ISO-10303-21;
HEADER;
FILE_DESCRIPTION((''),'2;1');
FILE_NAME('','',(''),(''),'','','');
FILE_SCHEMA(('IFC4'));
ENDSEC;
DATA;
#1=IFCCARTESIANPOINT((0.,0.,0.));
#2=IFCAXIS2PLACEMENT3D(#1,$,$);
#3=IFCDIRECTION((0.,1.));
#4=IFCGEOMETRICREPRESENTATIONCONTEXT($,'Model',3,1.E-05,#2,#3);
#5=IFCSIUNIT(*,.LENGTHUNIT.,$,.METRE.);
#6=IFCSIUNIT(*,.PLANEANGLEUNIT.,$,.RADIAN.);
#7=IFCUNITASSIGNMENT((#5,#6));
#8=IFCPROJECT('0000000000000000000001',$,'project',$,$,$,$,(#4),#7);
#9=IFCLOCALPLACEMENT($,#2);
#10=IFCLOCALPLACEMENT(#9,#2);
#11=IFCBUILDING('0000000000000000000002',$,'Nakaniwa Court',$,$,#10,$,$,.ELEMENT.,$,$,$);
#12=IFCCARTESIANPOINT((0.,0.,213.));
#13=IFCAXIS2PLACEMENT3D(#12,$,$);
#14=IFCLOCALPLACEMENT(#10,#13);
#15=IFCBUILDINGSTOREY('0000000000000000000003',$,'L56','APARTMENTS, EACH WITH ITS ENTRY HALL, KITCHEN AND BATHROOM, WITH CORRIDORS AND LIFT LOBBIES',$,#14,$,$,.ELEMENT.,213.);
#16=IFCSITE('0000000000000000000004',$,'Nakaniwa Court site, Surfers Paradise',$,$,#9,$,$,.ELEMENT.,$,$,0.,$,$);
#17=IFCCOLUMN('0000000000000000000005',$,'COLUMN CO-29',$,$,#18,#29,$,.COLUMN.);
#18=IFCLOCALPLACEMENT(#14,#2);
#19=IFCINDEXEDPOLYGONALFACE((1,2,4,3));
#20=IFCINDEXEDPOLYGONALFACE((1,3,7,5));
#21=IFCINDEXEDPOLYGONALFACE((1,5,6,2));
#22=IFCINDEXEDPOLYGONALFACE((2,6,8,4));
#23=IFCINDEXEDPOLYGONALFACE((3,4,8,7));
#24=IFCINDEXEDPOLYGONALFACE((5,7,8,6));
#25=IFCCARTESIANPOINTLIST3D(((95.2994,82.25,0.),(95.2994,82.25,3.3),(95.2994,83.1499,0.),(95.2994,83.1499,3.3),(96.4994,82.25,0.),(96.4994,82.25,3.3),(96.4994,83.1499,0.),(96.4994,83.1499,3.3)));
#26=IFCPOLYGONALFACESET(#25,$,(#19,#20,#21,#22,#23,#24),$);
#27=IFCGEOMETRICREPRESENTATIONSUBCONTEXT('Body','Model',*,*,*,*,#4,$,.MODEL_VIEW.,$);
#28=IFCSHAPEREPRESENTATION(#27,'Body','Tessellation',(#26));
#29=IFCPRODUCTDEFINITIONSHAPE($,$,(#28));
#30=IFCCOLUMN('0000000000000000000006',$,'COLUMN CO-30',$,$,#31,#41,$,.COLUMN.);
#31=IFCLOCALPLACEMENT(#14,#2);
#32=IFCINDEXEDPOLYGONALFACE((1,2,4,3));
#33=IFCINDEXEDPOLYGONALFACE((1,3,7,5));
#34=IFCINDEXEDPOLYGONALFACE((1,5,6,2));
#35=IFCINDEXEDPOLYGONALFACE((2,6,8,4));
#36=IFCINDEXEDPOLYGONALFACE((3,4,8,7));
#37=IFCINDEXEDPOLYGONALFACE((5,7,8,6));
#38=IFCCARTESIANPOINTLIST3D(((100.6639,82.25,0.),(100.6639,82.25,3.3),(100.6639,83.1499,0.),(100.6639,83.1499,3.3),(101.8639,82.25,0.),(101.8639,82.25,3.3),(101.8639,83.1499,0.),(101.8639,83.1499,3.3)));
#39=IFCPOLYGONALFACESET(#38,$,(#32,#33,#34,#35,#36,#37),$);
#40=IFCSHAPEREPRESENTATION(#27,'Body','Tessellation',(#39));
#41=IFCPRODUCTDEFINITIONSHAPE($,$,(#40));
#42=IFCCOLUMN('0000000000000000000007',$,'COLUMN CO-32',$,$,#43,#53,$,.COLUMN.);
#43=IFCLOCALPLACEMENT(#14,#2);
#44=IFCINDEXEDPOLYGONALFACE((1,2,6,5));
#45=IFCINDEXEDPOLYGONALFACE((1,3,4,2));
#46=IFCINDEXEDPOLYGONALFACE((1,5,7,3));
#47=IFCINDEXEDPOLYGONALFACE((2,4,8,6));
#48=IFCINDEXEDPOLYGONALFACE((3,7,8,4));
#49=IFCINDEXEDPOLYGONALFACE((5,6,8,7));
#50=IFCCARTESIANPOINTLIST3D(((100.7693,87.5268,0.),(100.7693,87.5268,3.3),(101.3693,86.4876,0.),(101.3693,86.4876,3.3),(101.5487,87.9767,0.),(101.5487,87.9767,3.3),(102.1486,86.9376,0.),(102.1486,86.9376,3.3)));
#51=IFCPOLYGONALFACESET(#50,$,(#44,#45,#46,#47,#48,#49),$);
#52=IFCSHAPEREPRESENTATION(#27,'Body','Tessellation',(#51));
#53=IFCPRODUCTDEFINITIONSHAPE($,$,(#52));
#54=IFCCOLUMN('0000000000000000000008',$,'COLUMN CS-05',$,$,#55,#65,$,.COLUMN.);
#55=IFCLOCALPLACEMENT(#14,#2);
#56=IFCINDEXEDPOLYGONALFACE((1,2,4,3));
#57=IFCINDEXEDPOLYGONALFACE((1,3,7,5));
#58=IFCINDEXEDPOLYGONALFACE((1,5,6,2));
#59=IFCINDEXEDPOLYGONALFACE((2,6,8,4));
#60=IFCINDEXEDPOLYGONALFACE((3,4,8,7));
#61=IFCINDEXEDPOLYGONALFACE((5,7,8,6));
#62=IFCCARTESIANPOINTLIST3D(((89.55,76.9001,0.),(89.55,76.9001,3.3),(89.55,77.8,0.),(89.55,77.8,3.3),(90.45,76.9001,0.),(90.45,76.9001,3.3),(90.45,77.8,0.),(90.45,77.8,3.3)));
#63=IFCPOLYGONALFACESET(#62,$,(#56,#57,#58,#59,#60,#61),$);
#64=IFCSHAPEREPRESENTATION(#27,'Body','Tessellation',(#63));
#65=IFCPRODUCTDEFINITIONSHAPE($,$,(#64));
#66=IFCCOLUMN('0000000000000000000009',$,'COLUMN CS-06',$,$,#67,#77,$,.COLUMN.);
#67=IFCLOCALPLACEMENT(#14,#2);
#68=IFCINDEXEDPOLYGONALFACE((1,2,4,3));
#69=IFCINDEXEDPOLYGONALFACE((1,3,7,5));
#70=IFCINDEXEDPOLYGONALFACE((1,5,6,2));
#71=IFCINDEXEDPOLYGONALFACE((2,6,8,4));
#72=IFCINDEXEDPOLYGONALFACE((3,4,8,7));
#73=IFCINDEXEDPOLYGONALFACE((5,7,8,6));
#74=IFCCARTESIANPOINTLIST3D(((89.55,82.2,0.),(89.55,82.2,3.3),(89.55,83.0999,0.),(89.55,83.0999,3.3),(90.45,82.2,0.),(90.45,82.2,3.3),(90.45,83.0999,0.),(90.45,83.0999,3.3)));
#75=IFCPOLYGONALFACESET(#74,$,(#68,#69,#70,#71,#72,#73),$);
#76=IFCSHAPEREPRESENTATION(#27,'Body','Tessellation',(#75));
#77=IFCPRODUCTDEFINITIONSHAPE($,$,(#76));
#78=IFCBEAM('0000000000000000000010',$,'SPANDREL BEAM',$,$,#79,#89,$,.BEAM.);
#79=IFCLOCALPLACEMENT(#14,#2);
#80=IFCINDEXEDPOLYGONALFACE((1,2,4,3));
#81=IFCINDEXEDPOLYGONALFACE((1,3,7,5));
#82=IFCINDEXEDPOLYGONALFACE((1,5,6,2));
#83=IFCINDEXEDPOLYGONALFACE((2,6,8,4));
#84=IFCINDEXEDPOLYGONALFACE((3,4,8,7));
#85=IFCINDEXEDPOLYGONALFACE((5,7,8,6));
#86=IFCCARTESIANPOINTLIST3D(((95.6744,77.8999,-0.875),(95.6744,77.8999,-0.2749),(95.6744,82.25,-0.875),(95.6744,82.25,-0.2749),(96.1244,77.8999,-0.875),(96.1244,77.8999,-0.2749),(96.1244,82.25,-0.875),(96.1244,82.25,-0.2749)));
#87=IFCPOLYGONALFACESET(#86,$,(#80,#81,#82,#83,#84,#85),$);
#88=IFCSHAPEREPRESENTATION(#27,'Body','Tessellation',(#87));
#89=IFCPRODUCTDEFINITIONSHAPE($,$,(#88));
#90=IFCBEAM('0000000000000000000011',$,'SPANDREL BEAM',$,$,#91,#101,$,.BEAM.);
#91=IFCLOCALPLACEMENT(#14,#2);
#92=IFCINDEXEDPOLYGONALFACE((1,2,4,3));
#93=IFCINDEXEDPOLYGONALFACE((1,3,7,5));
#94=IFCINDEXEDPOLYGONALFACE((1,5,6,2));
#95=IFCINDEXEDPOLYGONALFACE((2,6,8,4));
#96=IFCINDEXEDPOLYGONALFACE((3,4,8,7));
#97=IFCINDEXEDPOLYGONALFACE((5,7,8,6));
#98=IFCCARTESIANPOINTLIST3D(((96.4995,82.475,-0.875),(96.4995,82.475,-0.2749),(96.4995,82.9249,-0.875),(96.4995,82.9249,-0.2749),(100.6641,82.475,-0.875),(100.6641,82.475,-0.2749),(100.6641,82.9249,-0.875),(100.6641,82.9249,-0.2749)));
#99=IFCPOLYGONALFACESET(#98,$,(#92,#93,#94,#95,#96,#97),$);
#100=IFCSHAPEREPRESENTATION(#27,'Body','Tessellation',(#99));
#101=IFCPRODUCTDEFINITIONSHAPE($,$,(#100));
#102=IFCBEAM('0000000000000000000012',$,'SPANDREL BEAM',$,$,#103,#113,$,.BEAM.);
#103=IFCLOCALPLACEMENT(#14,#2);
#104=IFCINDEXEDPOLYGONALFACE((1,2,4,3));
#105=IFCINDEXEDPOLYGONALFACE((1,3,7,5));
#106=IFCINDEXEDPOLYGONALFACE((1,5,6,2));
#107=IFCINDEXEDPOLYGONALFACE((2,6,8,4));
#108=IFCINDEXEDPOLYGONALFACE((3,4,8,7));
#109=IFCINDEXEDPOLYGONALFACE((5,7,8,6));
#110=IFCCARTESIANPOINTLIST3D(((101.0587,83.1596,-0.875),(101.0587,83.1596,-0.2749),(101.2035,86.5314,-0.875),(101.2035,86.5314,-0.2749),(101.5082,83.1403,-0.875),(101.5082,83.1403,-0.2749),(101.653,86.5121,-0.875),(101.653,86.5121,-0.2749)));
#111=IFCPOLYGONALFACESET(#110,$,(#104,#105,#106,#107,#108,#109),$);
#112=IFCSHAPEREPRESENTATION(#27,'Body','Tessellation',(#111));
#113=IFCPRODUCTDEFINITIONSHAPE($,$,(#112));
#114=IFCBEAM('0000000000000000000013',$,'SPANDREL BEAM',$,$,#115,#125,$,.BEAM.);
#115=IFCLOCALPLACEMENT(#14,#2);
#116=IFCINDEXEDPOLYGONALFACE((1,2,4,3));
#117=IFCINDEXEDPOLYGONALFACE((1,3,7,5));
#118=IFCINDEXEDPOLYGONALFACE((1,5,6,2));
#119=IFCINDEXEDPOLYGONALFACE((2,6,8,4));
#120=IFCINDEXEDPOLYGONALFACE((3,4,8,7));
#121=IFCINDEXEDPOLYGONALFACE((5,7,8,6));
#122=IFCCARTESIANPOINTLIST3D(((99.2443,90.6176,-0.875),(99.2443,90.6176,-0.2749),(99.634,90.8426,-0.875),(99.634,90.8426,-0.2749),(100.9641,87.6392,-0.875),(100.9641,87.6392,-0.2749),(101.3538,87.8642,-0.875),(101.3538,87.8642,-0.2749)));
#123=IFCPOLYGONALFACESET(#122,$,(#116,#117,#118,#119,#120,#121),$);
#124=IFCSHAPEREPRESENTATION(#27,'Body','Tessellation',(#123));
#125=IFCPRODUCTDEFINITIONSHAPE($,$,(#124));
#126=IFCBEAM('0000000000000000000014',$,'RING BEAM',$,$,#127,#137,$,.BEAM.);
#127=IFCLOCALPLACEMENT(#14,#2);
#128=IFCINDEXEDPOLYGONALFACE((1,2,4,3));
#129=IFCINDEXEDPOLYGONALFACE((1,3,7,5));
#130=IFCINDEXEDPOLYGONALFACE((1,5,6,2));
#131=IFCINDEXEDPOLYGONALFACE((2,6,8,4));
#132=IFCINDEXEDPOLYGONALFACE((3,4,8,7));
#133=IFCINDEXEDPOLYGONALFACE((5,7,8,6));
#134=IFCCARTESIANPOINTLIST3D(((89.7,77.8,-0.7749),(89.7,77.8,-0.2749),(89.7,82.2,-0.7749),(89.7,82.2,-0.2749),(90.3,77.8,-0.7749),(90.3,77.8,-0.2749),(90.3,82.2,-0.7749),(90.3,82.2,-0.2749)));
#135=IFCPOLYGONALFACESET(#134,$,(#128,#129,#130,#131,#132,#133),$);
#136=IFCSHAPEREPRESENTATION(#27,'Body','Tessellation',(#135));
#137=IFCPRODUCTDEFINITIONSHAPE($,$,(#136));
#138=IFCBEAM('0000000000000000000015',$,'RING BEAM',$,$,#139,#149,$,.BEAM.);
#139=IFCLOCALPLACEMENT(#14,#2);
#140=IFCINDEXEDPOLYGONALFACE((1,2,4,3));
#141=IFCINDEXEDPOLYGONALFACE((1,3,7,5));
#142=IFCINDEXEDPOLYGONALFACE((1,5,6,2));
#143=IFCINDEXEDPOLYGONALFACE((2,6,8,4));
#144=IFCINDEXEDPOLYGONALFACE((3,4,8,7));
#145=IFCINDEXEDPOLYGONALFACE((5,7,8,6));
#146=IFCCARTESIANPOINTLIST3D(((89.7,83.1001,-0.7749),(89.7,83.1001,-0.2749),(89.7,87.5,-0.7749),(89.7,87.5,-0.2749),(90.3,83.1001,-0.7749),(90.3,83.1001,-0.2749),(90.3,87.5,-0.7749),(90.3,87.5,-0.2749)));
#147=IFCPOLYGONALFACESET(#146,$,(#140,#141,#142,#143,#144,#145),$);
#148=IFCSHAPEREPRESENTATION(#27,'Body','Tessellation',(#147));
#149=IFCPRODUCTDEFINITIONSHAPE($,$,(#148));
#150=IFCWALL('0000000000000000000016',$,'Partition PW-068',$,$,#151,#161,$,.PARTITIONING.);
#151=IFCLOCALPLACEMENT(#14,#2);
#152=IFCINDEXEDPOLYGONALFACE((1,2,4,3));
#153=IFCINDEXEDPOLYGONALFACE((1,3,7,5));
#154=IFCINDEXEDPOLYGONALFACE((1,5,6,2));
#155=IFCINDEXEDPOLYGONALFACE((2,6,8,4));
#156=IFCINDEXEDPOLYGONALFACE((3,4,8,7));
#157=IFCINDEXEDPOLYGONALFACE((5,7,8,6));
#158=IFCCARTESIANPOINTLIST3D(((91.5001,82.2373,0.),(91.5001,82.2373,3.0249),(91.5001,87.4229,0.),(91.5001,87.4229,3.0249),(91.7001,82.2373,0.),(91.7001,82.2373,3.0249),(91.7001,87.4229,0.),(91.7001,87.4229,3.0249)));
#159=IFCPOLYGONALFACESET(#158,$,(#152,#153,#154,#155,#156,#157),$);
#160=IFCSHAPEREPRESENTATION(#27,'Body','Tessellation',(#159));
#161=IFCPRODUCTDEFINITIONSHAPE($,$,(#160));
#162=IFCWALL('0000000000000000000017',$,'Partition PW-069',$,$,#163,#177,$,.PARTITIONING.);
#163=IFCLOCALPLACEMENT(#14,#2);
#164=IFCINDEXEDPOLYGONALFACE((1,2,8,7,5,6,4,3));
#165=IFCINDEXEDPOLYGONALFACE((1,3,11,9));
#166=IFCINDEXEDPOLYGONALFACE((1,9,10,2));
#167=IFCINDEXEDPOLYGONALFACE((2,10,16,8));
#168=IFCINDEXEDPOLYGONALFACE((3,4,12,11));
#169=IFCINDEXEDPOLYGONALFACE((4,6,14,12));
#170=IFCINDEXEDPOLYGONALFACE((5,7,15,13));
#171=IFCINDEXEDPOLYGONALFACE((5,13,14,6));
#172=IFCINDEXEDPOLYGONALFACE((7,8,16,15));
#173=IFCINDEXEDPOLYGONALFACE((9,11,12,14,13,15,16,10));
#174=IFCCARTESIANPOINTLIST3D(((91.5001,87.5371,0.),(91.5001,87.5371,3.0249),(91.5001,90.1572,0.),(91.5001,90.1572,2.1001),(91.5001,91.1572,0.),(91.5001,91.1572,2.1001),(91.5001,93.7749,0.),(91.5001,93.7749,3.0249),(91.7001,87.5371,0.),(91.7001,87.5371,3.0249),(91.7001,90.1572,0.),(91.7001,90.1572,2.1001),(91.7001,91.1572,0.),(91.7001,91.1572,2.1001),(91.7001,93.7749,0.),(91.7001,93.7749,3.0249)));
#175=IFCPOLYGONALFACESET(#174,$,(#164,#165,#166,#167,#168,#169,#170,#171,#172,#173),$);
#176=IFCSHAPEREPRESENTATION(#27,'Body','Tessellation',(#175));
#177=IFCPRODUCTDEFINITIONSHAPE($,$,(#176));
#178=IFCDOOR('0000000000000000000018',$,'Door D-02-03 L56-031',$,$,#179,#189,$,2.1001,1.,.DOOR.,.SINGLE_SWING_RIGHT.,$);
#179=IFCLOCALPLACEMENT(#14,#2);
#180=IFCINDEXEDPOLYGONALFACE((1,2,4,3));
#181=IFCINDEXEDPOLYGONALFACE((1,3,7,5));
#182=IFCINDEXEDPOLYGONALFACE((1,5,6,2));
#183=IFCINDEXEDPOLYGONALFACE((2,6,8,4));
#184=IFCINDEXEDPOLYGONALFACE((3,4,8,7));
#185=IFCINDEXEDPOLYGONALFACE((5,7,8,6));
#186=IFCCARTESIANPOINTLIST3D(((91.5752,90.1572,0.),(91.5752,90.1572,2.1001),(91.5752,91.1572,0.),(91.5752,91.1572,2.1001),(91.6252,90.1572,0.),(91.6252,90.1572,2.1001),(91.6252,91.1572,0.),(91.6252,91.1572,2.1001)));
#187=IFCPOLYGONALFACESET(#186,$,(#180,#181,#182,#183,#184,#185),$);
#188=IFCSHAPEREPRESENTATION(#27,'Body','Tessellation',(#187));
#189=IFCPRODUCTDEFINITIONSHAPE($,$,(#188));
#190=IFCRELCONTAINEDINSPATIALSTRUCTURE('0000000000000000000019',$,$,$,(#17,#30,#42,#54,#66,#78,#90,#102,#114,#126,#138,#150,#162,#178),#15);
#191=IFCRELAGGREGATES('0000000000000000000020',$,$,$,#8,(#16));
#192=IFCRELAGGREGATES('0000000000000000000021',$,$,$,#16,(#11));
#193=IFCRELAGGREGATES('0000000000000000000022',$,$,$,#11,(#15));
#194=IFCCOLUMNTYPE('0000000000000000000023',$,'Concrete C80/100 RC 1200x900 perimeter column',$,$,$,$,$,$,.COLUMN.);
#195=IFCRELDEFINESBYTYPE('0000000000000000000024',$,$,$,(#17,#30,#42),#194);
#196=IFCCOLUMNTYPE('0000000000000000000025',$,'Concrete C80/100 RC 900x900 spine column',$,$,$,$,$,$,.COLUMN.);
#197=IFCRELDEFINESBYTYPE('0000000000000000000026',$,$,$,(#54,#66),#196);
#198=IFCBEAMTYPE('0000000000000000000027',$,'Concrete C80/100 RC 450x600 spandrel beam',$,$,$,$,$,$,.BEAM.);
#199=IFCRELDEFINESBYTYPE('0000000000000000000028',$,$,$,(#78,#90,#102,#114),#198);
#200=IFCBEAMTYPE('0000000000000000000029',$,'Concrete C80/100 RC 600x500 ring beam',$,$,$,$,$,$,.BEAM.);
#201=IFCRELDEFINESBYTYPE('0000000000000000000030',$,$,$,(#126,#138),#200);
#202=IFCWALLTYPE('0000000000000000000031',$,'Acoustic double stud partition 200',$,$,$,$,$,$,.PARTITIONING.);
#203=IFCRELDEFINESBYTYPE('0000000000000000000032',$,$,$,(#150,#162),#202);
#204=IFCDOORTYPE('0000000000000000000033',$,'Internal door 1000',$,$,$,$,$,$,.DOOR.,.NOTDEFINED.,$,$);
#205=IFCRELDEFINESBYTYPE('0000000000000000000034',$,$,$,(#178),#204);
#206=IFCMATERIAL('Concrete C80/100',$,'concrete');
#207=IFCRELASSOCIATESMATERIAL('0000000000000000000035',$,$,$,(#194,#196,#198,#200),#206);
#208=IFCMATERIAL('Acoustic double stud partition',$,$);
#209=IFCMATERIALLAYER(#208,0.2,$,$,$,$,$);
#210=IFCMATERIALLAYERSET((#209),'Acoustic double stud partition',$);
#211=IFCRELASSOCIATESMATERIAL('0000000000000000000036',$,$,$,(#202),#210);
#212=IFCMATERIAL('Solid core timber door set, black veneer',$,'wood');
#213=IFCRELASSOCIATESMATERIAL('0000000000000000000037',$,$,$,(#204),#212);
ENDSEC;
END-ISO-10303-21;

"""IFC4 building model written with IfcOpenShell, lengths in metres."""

from ifc_helpers import new_model, si_unit, direction, frame, frame_2d, origin, origin_2d, place, context, subcontext, project, spatial, rectangle, extrude, material, layer, layer_set, material_profile, profile_set, type_object, element, fill, save


model = new_model("IFC4")

# Units and contexts
model_context = context("Model", 3, precision=1e-05, world=origin(), true_north=direction((0.0, 1.0)))
body_context = subcontext(model_context, "Body", "Model", "MODEL_VIEW")
ifc_project = project(units=[si_unit("LENGTHUNIT", "METRE"), si_unit("PLANEANGLEUNIT", "RADIAN")], contexts=[model_context])

# Site, building, storey
site_placement = place(None, origin())
site = spatial("IfcSite", under=ifc_project, at=site_placement, Name="Nakaniwa Court site, Surfers Paradise", CompositionType="ELEMENT", RefElevation=0.0)
building_placement = place(site_placement, origin())
building = spatial("IfcBuilding", under=site, at=building_placement, Name="Nakaniwa Court", CompositionType="ELEMENT")
storey_placement = place(building_placement, frame((0.0, 0.0, 213.0)))
storey = spatial("IfcBuildingStorey", under=building, at=storey_placement, Name="L56", Description="APARTMENTS, EACH WITH ITS ENTRY HALL, KITCHEN AND BATHROOM, WITH CORRIDORS AND LIFT LOBBIES", CompositionType="ELEMENT", Elevation=213.0)

# Columns
ifc_material_1 = material(Name="Concrete C80/100", Category="concrete")
ifc_material_profile_1 = material_profile(ifc_material_1, rectangle(XDim=1.2, YDim=0.8999, at=origin_2d()), Name="Concrete C80/100 RC 1200x900 perimeter column")
ifc_profile_set_1 = profile_set([ifc_material_profile_1], Name="Concrete C80/100")
column_type_1 = type_object("IfcColumnType", Name="Concrete C80/100 RC 1200x900 perimeter column", PredefinedType="COLUMN", material=ifc_profile_set_1)
for number, where, z_axis, x_axis, name in (
    (1, (95.8994, 82.7, 0.0), (0.0, 0.0, 1.0), (1.0, 0.0, 0.0), "COLUMN CO-29"),
    (2, (101.2639, 82.7, 0.0), (0.0, 0.0, 1.0), (1.0, 0.0, 0.0), "COLUMN CO-30"),
    (3, (101.459, 87.2322, 0.0), (0.0, 0.0, 1.0), (-0.5, 0.866025, 0.0), "COLUMN CO-32"),
):
    element("IfcColumn", number, at=place(storey_placement, frame(where, z_axis=z_axis, x_axis=x_axis)), inside=storey, type_object=column_type_1, Name=name, PredefinedType="COLUMN", context=body_context, shape_type="SweptSolid", body=[
        extrude(rectangle(XDim=1.2, YDim=0.8999, at=origin_2d()), origin(), (0.0, 0.0, 1.0), 3.3),
    ])
ifc_material_profile_2 = material_profile(ifc_material_1, rectangle(XDim=0.8999, YDim=0.8999, at=origin_2d()), Name="Concrete C80/100 RC 900x900 spine column")
ifc_profile_set_2 = profile_set([ifc_material_profile_2], Name="Concrete C80/100")
column_type_2 = type_object("IfcColumnType", Name="Concrete C80/100 RC 900x900 spine column", PredefinedType="COLUMN", material=ifc_profile_set_2)
for number, where, z_axis, x_axis, name in (
    (4, (90.0, 77.3501, 0.0), (0.0, 0.0, 1.0), (0.0, 1.0, 0.0), "COLUMN CS-05"),
    (5, (90.0, 82.6499, 0.0), (0.0, 0.0, 1.0), (0.0, 1.0, 0.0), "COLUMN CS-06"),
):
    element("IfcColumn", number, at=place(storey_placement, frame(where, z_axis=z_axis, x_axis=x_axis)), inside=storey, type_object=column_type_2, Name=name, PredefinedType="COLUMN", context=body_context, shape_type="SweptSolid", body=[
        extrude(rectangle(XDim=0.8999, YDim=0.8999, at=origin_2d()), origin(), (0.0, 0.0, 1.0), 3.3),
    ])

# Beams
ifc_material_profile_3 = material_profile(ifc_material_1, rectangle(XDim=0.45, YDim=0.6001, at=origin_2d()), Name="Concrete C80/100 RC 450x600 spandrel beam")
ifc_profile_set_3 = profile_set([ifc_material_profile_3], Name="Concrete C80/100")
beam_type_1 = type_object("IfcBeamType", Name="Concrete C80/100 RC 450x600 spandrel beam", PredefinedType="BEAM", material=ifc_profile_set_3)
beam_1_placement = place(storey_placement, frame((95.8994, 77.8999, -0.575), z_axis=(0.0, 1.0, 0.0), x_axis=(-1.0, 0.0, 0.0)))
element("IfcBeam", 6, at=beam_1_placement, inside=storey, type_object=beam_type_1, Name="SPANDREL BEAM", PredefinedType="BEAM", context=body_context, shape_type="SweptSolid", body=[
    extrude(rectangle(XDim=0.45, YDim=0.6001, at=origin_2d()), origin(), (0.0, 0.0, 1.0), 4.3501),
])
beam_2_placement = place(storey_placement, frame((96.4995, 82.7, -0.575), z_axis=(1.0, 0.0, 0.0), x_axis=(0.0, 1.0, 0.0)))
element("IfcBeam", 7, at=beam_2_placement, inside=storey, type_object=beam_type_1, Name="SPANDREL BEAM", PredefinedType="BEAM", context=body_context, shape_type="SweptSolid", body=[
    extrude(rectangle(XDim=0.45, YDim=0.6001, at=origin_2d()), origin(), (0.0, 0.0, 1.0), 4.1646),
])
beam_3_placement = place(storey_placement, frame((101.2834, 83.1499, -0.575), z_axis=(0.042897, 0.999079, 0.0), x_axis=(-0.999079, 0.042897, 0.0)))
element("IfcBeam", 8, at=beam_3_placement, inside=storey, type_object=beam_type_1, Name="SPANDREL BEAM", PredefinedType="BEAM", context=body_context, shape_type="SweptSolid", body=[
    extrude(rectangle(XDim=0.45, YDim=0.6001, at=origin_2d()), origin(), (0.0, 0.0, 1.0), 3.375),
])
beam_4_placement = place(storey_placement, frame((101.1589, 87.7517, -0.575), z_axis=(-0.500048, 0.865998, 0.0), x_axis=(-0.865998, -0.500048, 0.0)))
element("IfcBeam", 9, at=beam_4_placement, inside=storey, type_object=beam_type_1, Name="SPANDREL BEAM", PredefinedType="BEAM", context=body_context, shape_type="SweptSolid", body=[
    extrude(rectangle(XDim=0.45, YDim=0.6001, at=origin_2d()), origin(), (0.0, 0.0, 1.0), 3.4392),
])
ifc_material_profile_4 = material_profile(ifc_material_1, rectangle(XDim=0.6001, YDim=0.5, at=origin_2d()), Name="Concrete C80/100 RC 600x500 ring beam")
ifc_profile_set_4 = profile_set([ifc_material_profile_4], Name="Concrete C80/100")
beam_type_2 = type_object("IfcBeamType", Name="Concrete C80/100 RC 600x500 ring beam", PredefinedType="BEAM", material=ifc_profile_set_4)
for number, where, z_axis, x_axis, name in (
    (10, (90.0, 77.8, -0.5249), (0.0, 1.0, 0.0), (-1.0, 0.0, 0.0), "RING BEAM"),
    (11, (90.0, 83.1001, -0.5249), (0.0, 1.0, 0.0), (-1.0, 0.0, 0.0), "RING BEAM"),
):
    element("IfcBeam", number, at=place(storey_placement, frame(where, z_axis=z_axis, x_axis=x_axis)), inside=storey, type_object=beam_type_2, Name=name, PredefinedType="BEAM", context=body_context, shape_type="SweptSolid", body=[
        extrude(rectangle(XDim=0.6001, YDim=0.5, at=origin_2d()), origin(), (0.0, 0.0, 1.0), 4.3999),
    ])

# Wall
ifc_material_2 = material(Name="Acoustic double stud partition")
ifc_layer_1 = layer(ifc_material_2, 0.2)
ifc_layer_set_1 = layer_set([ifc_layer_1], Name="Acoustic double stud partition")
wall_type_1 = type_object("IfcWallType", Name="Acoustic double stud partition 200", PredefinedType="PARTITIONING", material=ifc_layer_set_1)
wall_1_placement = place(storey_placement, frame((91.6001, 82.2373, 0.0), z_axis=(0.0, 0.0, 1.0), x_axis=(0.0, 1.0, 0.0)))
element("IfcWall", 12, at=wall_1_placement, inside=storey, type_object=wall_type_1, Name="Partition PW-068", PredefinedType="PARTITIONING", context=body_context, shape_type="SweptSolid", body=[
    extrude(rectangle(XDim=5.1855, YDim=0.2, at=frame_2d((2.5928, 0.0))), origin(), (0.0, 0.0, 1.0), 3.0249),
])

# Wall, opening, door
wall_2_placement = place(storey_placement, frame((91.6001, 87.5371, 0.0), z_axis=(0.0, 0.0, 1.0), x_axis=(0.0, 1.0, 0.0)))
wall_2 = element("IfcWall", 13, at=wall_2_placement, inside=storey, type_object=wall_type_1, Name="Partition PW-069", PredefinedType="PARTITIONING", context=body_context, shape_type="SweptSolid", body=[
    extrude(rectangle(XDim=6.2378, YDim=0.2, at=frame_2d((3.1189, 0.0))), origin(), (0.0, 0.0, 1.0), 3.0249),
])
opening_1_placement = place(wall_2_placement, frame((2.6201, 0.0, 0.0)))
opening_1 = element("IfcOpeningElement", 14, at=opening_1_placement, cuts=wall_2, PredefinedType="OPENING", context=body_context, shape_type="SweptSolid", body=[
    extrude(rectangle(XDim=1.0, YDim=2.1001, at=frame_2d((0.5, 1.05))), frame((0.0, 0.1099, 0.0), z_axis=(0.0, -1.0, 0.0), x_axis=(1.0, 0.0, 0.0)), (0.0, 0.0, 1.0), 0.22),
])
ifc_material_3 = material(Name="Solid core timber door set, black veneer", Category="wood")
door_type_1 = type_object("IfcDoorType", Name="Internal door 1000", OperationType="NOTDEFINED", PredefinedType="DOOR", material=ifc_material_3)
door_1_placement = place(opening_1_placement, origin())
door_1 = element("IfcDoor", 15, at=door_1_placement, inside=storey, type_object=door_type_1, Name="Door D-02-03 L56-031", OperationType="SINGLE_SWING_RIGHT", OverallHeight=2.1001, OverallWidth=1.0, PredefinedType="DOOR", context=body_context, shape_type="SweptSolid", body=[
    extrude(rectangle(XDim=1.0, YDim=2.1001, at=frame_2d((0.5, 1.05))), frame((0.0, 0.0249, 0.0), z_axis=(0.0, -1.0, 0.0), x_axis=(1.0, 0.0, 0.0)), (0.0, 0.0, 1.0), 0.05),
])
fill(opening_1, door_1)

save(model, "model.ifc")
